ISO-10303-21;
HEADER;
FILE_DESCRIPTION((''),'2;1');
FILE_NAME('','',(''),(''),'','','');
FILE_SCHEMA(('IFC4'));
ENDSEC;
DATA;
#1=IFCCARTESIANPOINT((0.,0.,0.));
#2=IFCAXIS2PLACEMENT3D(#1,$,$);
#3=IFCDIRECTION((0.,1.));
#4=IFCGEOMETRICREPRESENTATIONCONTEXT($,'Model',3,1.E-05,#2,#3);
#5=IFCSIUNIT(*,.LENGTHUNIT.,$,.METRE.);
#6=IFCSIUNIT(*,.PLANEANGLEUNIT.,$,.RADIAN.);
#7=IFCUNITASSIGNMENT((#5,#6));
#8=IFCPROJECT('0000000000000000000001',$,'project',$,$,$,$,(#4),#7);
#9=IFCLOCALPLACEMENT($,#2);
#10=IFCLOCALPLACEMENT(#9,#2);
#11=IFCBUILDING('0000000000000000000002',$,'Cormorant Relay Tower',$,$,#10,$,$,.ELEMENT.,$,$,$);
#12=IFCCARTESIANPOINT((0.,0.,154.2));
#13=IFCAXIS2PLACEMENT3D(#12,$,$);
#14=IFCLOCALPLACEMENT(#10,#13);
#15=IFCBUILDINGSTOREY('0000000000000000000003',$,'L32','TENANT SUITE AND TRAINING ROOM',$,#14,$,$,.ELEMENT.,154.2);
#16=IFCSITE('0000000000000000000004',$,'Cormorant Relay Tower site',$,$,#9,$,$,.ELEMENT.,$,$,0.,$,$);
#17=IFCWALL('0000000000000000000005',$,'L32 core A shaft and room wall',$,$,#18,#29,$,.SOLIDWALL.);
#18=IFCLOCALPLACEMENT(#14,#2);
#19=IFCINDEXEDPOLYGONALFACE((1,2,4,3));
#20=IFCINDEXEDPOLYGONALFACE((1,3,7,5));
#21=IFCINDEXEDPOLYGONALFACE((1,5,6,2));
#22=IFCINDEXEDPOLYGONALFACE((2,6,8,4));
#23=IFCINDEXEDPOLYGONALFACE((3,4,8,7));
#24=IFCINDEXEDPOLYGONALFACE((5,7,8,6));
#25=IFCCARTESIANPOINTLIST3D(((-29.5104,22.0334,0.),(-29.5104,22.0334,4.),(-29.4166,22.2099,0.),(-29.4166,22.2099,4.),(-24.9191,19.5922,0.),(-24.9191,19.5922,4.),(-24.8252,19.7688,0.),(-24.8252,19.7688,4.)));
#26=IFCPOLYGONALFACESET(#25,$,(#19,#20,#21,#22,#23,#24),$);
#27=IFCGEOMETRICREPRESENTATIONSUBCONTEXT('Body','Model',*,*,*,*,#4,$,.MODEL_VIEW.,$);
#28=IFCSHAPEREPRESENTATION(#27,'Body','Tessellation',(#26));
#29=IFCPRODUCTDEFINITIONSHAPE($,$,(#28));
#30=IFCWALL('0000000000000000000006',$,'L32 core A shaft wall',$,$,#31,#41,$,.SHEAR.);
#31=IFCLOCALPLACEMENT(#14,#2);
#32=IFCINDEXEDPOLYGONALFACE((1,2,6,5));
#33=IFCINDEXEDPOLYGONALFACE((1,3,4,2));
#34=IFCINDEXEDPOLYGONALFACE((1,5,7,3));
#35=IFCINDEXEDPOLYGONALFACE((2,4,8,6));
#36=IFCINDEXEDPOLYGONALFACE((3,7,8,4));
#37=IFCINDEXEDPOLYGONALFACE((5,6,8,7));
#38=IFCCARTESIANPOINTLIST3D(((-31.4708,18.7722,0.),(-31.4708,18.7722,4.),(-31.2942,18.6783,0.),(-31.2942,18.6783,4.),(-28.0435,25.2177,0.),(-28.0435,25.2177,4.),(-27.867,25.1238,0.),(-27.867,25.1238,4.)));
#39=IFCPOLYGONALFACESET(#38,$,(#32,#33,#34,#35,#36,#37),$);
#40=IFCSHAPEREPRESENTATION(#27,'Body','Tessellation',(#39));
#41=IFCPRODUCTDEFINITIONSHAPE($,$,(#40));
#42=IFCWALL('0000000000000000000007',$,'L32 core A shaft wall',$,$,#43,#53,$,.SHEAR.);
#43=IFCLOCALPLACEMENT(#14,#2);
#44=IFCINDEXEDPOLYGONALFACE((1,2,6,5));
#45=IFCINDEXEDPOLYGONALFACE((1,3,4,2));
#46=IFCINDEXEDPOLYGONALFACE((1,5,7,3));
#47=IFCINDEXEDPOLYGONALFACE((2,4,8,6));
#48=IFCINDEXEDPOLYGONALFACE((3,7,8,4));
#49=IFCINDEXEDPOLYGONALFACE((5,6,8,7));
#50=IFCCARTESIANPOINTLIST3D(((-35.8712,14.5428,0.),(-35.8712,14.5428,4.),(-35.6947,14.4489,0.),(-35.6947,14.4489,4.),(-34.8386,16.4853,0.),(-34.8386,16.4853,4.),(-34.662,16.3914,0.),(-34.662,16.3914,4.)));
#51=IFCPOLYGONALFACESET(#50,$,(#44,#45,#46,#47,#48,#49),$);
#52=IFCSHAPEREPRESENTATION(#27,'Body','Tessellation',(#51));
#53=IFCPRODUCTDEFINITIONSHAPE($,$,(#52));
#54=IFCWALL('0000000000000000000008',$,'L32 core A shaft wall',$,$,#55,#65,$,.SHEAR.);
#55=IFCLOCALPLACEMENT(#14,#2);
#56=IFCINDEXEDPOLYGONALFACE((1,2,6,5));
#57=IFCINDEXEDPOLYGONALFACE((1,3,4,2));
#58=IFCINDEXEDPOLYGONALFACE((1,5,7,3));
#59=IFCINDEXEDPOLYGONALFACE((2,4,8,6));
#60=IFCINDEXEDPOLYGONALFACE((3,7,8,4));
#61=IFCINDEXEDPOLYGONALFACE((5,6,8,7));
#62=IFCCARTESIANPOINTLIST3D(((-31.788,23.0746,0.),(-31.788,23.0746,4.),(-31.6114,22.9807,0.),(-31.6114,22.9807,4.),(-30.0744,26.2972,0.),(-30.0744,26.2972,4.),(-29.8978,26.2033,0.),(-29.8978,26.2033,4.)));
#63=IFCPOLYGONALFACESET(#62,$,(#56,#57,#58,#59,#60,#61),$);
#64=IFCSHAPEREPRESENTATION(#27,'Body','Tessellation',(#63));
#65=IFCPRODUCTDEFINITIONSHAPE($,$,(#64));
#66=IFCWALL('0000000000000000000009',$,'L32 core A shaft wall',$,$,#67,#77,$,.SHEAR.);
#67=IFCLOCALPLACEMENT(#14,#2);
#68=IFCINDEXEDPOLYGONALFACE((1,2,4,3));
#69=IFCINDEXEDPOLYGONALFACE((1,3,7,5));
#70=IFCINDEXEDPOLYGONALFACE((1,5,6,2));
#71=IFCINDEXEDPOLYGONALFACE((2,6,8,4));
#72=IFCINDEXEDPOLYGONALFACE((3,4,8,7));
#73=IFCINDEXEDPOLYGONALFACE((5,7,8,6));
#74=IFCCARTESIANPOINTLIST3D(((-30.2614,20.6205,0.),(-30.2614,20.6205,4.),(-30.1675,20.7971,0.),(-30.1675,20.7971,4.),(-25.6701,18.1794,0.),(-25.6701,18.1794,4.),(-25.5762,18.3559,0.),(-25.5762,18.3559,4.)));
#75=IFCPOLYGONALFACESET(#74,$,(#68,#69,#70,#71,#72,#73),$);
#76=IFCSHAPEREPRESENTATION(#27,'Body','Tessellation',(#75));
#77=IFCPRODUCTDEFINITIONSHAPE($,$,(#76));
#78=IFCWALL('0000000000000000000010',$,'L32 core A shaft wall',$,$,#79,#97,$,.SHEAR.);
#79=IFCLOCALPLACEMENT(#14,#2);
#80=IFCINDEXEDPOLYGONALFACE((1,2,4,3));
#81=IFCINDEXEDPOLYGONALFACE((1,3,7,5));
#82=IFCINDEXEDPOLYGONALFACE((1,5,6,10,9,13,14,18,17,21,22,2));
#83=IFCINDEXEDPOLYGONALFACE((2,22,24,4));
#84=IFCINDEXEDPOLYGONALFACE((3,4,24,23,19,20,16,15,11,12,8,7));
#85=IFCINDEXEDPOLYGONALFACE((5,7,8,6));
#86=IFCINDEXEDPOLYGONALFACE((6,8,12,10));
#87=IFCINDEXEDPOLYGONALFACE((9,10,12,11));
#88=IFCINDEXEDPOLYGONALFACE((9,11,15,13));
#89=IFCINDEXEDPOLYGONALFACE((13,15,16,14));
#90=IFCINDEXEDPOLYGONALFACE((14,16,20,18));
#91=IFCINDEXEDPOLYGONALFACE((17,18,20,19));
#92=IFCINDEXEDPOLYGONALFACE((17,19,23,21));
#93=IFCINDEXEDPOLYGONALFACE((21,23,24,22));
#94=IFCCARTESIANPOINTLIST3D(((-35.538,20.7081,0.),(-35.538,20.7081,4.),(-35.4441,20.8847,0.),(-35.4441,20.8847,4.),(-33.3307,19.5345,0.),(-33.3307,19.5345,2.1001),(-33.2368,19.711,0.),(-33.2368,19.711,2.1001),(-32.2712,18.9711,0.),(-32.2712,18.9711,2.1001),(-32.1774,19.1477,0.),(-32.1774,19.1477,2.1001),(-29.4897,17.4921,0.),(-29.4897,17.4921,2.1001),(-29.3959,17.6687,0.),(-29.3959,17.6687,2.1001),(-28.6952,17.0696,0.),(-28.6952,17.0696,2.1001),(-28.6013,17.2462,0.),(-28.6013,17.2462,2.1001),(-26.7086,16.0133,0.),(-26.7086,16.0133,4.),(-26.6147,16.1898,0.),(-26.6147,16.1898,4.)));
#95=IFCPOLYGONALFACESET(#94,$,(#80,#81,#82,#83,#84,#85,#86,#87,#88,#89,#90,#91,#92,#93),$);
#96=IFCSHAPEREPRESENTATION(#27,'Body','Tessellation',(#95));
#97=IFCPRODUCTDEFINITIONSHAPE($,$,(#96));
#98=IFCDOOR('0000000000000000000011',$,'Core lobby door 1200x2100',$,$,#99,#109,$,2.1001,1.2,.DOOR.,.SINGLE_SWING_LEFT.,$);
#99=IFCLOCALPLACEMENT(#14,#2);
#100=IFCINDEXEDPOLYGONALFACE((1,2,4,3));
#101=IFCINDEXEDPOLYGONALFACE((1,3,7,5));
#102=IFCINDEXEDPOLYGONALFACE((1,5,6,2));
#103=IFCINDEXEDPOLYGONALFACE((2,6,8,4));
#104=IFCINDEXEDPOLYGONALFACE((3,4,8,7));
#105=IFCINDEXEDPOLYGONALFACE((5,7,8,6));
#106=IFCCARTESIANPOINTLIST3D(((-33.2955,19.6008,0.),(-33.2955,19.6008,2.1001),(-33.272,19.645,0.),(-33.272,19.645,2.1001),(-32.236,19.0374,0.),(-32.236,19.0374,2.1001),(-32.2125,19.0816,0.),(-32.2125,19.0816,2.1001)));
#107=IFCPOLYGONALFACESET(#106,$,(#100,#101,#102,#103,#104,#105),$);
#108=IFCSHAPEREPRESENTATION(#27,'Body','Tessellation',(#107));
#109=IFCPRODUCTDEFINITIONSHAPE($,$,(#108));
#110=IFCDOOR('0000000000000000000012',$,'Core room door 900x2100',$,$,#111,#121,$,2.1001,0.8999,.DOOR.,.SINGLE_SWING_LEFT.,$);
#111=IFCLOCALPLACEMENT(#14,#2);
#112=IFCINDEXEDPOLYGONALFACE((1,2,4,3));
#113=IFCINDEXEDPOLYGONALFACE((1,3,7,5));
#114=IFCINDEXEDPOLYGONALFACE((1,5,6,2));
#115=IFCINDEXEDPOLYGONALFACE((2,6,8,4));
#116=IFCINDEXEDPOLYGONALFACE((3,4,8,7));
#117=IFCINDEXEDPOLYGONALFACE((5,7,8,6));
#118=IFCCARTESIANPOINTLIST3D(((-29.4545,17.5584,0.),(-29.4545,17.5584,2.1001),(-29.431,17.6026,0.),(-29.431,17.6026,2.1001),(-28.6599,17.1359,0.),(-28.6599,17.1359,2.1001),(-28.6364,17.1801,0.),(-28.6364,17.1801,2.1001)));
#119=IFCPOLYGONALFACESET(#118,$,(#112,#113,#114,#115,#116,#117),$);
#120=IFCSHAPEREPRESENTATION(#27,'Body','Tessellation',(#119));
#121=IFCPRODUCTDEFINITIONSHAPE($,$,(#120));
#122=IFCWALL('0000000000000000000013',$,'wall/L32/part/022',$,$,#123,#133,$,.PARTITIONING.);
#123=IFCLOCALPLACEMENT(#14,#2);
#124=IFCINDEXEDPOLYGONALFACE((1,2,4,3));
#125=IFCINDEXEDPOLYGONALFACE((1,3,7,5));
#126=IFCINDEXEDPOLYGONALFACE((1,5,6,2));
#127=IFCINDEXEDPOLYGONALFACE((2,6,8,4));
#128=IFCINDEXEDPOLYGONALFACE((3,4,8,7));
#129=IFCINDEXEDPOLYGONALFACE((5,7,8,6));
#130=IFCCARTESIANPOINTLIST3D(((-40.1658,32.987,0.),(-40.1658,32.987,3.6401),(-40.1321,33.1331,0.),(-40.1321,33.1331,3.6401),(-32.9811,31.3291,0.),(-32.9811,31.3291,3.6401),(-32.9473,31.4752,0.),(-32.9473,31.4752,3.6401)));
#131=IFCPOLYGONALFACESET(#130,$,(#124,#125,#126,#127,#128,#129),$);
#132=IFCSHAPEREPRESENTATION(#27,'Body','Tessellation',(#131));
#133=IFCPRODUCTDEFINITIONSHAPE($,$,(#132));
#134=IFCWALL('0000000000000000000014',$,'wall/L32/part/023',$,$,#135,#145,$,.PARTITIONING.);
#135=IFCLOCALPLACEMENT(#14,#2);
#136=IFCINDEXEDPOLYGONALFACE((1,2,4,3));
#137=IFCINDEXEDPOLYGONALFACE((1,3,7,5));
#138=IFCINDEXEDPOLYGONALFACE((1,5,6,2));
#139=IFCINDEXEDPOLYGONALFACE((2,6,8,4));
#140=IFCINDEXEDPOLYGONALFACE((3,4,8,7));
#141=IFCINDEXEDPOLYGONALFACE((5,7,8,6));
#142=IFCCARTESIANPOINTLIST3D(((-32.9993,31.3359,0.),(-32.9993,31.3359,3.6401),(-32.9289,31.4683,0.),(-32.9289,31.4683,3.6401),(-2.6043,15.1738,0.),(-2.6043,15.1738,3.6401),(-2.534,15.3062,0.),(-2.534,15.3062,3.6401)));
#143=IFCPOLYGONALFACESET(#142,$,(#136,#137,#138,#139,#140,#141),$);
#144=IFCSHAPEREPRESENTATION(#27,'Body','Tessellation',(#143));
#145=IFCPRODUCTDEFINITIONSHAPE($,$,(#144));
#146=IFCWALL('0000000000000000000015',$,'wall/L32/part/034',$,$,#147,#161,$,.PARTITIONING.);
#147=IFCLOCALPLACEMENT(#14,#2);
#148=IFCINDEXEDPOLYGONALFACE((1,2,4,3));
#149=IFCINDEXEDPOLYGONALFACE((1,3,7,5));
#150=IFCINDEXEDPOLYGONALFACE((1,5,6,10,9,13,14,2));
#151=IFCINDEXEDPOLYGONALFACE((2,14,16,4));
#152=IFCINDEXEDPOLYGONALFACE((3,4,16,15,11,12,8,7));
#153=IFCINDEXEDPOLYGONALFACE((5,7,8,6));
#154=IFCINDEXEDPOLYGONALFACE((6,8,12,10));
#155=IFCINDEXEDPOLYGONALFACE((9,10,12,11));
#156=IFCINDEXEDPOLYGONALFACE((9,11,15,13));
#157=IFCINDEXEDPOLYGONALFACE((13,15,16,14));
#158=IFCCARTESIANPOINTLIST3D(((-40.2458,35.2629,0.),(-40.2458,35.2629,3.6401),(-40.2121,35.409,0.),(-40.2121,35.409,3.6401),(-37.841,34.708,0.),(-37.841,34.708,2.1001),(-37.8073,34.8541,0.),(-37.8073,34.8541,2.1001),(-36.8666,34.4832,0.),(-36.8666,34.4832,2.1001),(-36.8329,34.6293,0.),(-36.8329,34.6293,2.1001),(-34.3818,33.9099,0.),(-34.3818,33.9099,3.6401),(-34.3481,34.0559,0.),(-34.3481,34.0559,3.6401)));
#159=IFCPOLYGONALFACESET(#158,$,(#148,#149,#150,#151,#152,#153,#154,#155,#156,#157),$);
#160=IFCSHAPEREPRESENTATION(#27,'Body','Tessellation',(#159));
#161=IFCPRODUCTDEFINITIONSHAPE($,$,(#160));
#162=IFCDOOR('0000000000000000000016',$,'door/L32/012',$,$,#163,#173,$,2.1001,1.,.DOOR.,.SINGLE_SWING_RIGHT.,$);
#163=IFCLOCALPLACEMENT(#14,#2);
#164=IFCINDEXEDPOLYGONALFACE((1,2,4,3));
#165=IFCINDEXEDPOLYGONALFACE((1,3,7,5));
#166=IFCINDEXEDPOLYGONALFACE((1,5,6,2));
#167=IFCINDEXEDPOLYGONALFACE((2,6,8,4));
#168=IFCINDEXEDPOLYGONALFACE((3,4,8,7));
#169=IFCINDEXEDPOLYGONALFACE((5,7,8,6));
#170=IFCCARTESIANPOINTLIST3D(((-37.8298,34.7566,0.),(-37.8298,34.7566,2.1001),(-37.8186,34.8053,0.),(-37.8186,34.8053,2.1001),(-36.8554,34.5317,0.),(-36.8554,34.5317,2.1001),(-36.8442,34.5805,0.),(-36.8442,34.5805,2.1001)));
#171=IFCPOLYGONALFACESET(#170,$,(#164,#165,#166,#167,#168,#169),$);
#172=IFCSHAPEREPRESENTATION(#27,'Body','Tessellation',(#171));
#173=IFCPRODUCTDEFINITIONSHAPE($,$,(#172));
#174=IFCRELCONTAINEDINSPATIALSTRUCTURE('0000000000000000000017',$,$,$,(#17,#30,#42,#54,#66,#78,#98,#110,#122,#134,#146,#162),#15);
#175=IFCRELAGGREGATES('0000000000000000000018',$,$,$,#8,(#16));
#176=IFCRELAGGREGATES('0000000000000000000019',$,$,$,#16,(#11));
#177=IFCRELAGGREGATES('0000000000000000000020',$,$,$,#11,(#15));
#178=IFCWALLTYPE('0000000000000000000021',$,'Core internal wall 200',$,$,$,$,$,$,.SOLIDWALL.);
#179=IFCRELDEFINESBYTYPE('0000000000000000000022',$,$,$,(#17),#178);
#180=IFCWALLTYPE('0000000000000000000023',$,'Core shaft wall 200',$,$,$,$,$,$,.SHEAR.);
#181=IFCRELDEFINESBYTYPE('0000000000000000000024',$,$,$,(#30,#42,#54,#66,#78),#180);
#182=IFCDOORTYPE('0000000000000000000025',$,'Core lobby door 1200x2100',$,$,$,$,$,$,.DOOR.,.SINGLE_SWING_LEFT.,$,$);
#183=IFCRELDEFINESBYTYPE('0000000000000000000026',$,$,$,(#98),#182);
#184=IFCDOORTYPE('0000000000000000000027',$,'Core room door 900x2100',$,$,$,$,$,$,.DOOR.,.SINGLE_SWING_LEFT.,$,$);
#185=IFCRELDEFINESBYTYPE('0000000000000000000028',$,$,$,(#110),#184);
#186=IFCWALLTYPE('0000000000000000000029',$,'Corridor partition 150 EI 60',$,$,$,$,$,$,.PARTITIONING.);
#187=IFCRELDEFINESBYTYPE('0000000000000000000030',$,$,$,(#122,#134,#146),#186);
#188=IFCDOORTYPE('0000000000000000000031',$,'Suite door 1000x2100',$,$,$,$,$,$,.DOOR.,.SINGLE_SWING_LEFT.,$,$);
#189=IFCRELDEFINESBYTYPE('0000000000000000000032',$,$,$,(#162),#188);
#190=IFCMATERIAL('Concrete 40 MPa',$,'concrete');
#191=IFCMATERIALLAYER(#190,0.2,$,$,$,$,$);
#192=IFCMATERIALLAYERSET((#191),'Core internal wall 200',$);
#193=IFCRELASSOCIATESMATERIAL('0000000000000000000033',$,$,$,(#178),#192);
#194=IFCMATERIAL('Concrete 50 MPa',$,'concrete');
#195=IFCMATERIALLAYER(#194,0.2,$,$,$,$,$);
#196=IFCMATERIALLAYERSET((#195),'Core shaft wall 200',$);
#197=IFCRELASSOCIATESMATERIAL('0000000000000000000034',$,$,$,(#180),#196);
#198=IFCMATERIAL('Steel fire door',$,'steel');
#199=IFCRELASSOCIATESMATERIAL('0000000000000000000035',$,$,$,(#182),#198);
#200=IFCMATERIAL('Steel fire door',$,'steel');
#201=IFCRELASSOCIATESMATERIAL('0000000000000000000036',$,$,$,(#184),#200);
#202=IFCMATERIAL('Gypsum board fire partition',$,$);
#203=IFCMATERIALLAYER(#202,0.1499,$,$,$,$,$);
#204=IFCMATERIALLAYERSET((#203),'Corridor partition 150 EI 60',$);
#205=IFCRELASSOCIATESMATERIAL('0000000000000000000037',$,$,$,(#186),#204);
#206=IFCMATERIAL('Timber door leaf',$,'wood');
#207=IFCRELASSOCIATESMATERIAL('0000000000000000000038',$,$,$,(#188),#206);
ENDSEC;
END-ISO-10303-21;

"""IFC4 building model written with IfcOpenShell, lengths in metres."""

from ifc_helpers import new_model, si_unit, direction, frame, frame_2d, origin, place, context, subcontext, project, spatial, rectangle, extrude, material, layer, layer_set, type_object, element, fill, save


model = new_model("IFC4")

# Units and contexts
model_context = context("Model", 3, precision=1e-05, world=origin(), true_north=direction((0.0, 1.0)))
body_context = subcontext(model_context, "Body", "Model", "MODEL_VIEW")
ifc_project = project(units=[si_unit("LENGTHUNIT", "METRE"), si_unit("PLANEANGLEUNIT", "RADIAN")], contexts=[model_context])

# Site, building, storey
site_placement = place(None, origin())
site = spatial("IfcSite", under=ifc_project, at=site_placement, Name="Cormorant Relay Tower site", CompositionType="ELEMENT", RefElevation=0.0)
building_placement = place(site_placement, origin())
building = spatial("IfcBuilding", under=site, at=building_placement, Name="Cormorant Relay Tower", CompositionType="ELEMENT")
storey_placement = place(building_placement, frame((0.0, 0.0, 154.2)))
storey = spatial("IfcBuildingStorey", under=building, at=storey_placement, Name="L32", Description="TENANT SUITE AND TRAINING ROOM", CompositionType="ELEMENT", Elevation=154.2)

# Walls
ifc_material_1 = material(Name="Concrete 40 MPa", Category="concrete")
ifc_layer_1 = layer(ifc_material_1, 0.2)
ifc_layer_set_1 = layer_set([ifc_layer_1], Name="Core internal wall 200")
wall_type_1 = type_object("IfcWallType", Name="Core internal wall 200", PredefinedType="SOLIDWALL", material=ifc_layer_set_1)
wall_1_placement = place(storey_placement, frame((-24.8721, 19.6804, 0.0), z_axis=(0.0, 0.0, 1.0), x_axis=(-0.882954, 0.46946, 0.0)))
element("IfcWall", 1, at=wall_1_placement, inside=storey, type_object=wall_type_1, Name="L32 core A shaft and room wall", PredefinedType="SOLIDWALL", context=body_context, shape_type="SweptSolid", body=[
    extrude(rectangle(XDim=5.2, YDim=0.2, at=frame_2d((2.6001, 0.0))), origin(), (0.0, 0.0, 1.0), 4.0),
])
ifc_material_2 = material(Name="Concrete 50 MPa", Category="concrete")
ifc_layer_2 = layer(ifc_material_2, 0.2)
ifc_layer_set_2 = layer_set([ifc_layer_2], Name="Core shaft wall 200")
wall_type_2 = type_object("IfcWallType", Name="Core shaft wall 200", PredefinedType="SHEAR", material=ifc_layer_set_2)
wall_2_placement = place(storey_placement, frame((-27.9553, 25.1707, 0.0), z_axis=(0.0, 0.0, 1.0), x_axis=(-0.46948, -0.882943, 0.0)))
element("IfcWall", 2, at=wall_2_placement, inside=storey, type_object=wall_type_2, Name="L32 core A shaft wall", PredefinedType="SHEAR", context=body_context, shape_type="SweptSolid", body=[
    extrude(rectangle(XDim=7.3, YDim=0.2, at=frame_2d((3.6499, 0.0))), origin(), (0.0, 0.0, 1.0), 4.0),
])
wall_3_placement = place(storey_placement, frame((-34.7502, 16.4385, 0.0), z_axis=(0.0, 0.0, 1.0), x_axis=(-0.469401, -0.882985, 0.0)))
element("IfcWall", 3, at=wall_3_placement, inside=storey, type_object=wall_type_2, Name="L32 core A shaft wall", PredefinedType="SHEAR", context=body_context, shape_type="SweptSolid", body=[
    extrude(rectangle(XDim=2.2, YDim=0.2, at=frame_2d((1.1001, 0.0))), origin(), (0.0, 0.0, 1.0), 4.0),
])
wall_4_placement = place(storey_placement, frame((-29.9861, 26.2502, 0.0), z_axis=(0.0, 0.0, 1.0), x_axis=(-0.469494, -0.882936, 0.0)))
element("IfcWall", 4, at=wall_4_placement, inside=storey, type_object=wall_type_2, Name="L32 core A shaft wall", PredefinedType="SHEAR", context=body_context, shape_type="SweptSolid", body=[
    extrude(rectangle(XDim=3.6499, YDim=0.2, at=frame_2d((1.825, 0.0))), origin(), (0.0, 0.0, 1.0), 4.0),
])

# Wall
wall_5_placement = place(storey_placement, frame((-25.623, 18.2676, 0.0), z_axis=(0.0, 0.0, 1.0), x_axis=(-0.882954, 0.46946, 0.0)))
element("IfcWall", 5, at=wall_5_placement, inside=storey, type_object=wall_type_2, Name="L32 core A shaft wall", PredefinedType="SHEAR", context=body_context, shape_type="SweptSolid", body=[
    extrude(rectangle(XDim=5.2, YDim=0.2, at=frame_2d((2.6001, 0.0))), origin(), (0.0, 0.0, 1.0), 4.0),
])

# Wall, openings, doors
wall_6_placement = place(storey_placement, frame((-26.6616, 16.1016, 0.0), z_axis=(0.0, 0.0, 1.0), x_axis=(-0.88294, 0.469485, 0.0)))
wall_6 = element("IfcWall", 6, at=wall_6_placement, inside=storey, type_object=wall_type_2, Name="L32 core A shaft wall", PredefinedType="SHEAR", context=body_context, shape_type="SweptSolid", body=[
    extrude(rectangle(XDim=10.0, YDim=0.2, at=frame_2d((5.0, 0.0))), origin(), (0.0, 0.0, 1.0), 4.0),
])
opening_1_placement = place(wall_6_placement, frame((6.3, 0.0, 0.0)))
opening_1 = element("IfcOpeningElement", 7, at=opening_1_placement, cuts=wall_6, PredefinedType="OPENING", context=body_context, shape_type="SweptSolid", body=[
    extrude(rectangle(XDim=1.2, YDim=2.1001, at=frame_2d((0.6001, 1.05))), frame((0.0, 0.1099, 0.0), z_axis=(0.0, -1.0, 0.0), x_axis=(1.0, 0.0, 0.0)), (0.0, 0.0, 1.0), 0.22),
])
opening_2_placement = place(wall_6_placement, frame((2.25, 0.0, 0.0)))
opening_2 = element("IfcOpeningElement", 8, at=opening_2_placement, cuts=wall_6, PredefinedType="OPENING", context=body_context, shape_type="SweptSolid", body=[
    extrude(rectangle(XDim=0.8999, YDim=2.1001, at=frame_2d((0.45, 1.05))), frame((0.0, 0.1099, 0.0), z_axis=(0.0, -1.0, 0.0), x_axis=(1.0, 0.0, 0.0)), (0.0, 0.0, 1.0), 0.22),
])
ifc_material_3 = material(Name="Steel fire door", Category="steel")
door_type_1 = type_object("IfcDoorType", Name="Core lobby door 1200x2100", OperationType="SINGLE_SWING_LEFT", PredefinedType="DOOR", material=ifc_material_3)
door_1_placement = place(opening_1_placement, origin())
door_1 = element("IfcDoor", 9, at=door_1_placement, inside=storey, type_object=door_type_1, Name="Core lobby door 1200x2100", OperationType="SINGLE_SWING_LEFT", OverallHeight=2.1001, OverallWidth=1.2, PredefinedType="DOOR", context=body_context, shape_type="SweptSolid", body=[
    extrude(rectangle(XDim=1.2, YDim=2.1001, at=frame_2d((0.6001, 1.05))), frame((0.0, 0.0249, 0.0), z_axis=(0.0, -1.0, 0.0), x_axis=(1.0, 0.0, 0.0)), (0.0, 0.0, 1.0), 0.05),
])
fill(opening_1, door_1)
ifc_material_4 = material(Name="Steel fire door", Category="steel")
door_type_2 = type_object("IfcDoorType", Name="Core room door 900x2100", OperationType="SINGLE_SWING_LEFT", PredefinedType="DOOR", material=ifc_material_4)
door_2_placement = place(opening_2_placement, origin())
door_2 = element("IfcDoor", 10, at=door_2_placement, inside=storey, type_object=door_type_2, Name="Core room door 900x2100", OperationType="SINGLE_SWING_LEFT", OverallHeight=2.1001, OverallWidth=0.8999, PredefinedType="DOOR", context=body_context, shape_type="SweptSolid", body=[
    extrude(rectangle(XDim=0.8999, YDim=2.1001, at=frame_2d((0.45, 1.05))), frame((0.0, 0.0249, 0.0), z_axis=(0.0, -1.0, 0.0), x_axis=(1.0, 0.0, 0.0)), (0.0, 0.0, 1.0), 0.05),
])
fill(opening_2, door_2)

# Walls
ifc_material_5 = material(Name="Gypsum board fire partition")
ifc_layer_3 = layer(ifc_material_5, 0.1499)
ifc_layer_set_3 = layer_set([ifc_layer_3], Name="Corridor partition 150 EI 60")
wall_type_3 = type_object("IfcWallType", Name="Corridor partition 150 EI 60", PredefinedType="PARTITIONING", material=ifc_layer_set_3)
wall_7_placement = place(storey_placement, frame((-40.1489, 33.0601, 0.0), z_axis=(0.0, 0.0, 1.0), x_axis=(0.974393, -0.22485, 0.0)))
element("IfcWall", 11, at=wall_7_placement, inside=storey, type_object=wall_type_3, Name="wall/L32/part/022", PredefinedType="PARTITIONING", context=body_context, shape_type="SweptSolid", body=[
    extrude(rectangle(XDim=7.3735, YDim=0.1499, at=frame_2d((3.6868, 0.0))), origin(), (0.0, 0.0, 1.0), 3.6401),
])
wall_8_placement = place(storey_placement, frame((-32.9641, 31.4021, 0.0), z_axis=(0.0, 0.0, 1.0), x_axis=(0.882938, -0.469489, 0.0)))
element("IfcWall", 12, at=wall_8_placement, inside=storey, type_object=wall_type_3, Name="wall/L32/part/023", PredefinedType="PARTITIONING", context=body_context, shape_type="SweptSolid", body=[
    extrude(rectangle(XDim=34.4248, YDim=0.1499, at=frame_2d((17.2124, 0.0))), origin(), (0.0, 0.0, 1.0), 3.6401),
])

# Wall, opening, door
wall_9_placement = place(storey_placement, frame((-34.365, 33.9829, 0.0), z_axis=(0.0, 0.0, 1.0), x_axis=(-0.974399, 0.224827, 0.0)))
wall_9 = element("IfcWall", 13, at=wall_9_placement, inside=storey, type_object=wall_type_3, Name="wall/L32/part/034", PredefinedType="PARTITIONING", context=body_context, shape_type="SweptSolid", body=[
    extrude(rectangle(XDim=6.0181, YDim=0.1499, at=frame_2d((3.009, 0.0))), origin(), (0.0, 0.0, 1.0), 3.6401),
])
opening_3_placement = place(wall_9_placement, frame((2.55, 0.0, 0.0)))
opening_3 = element("IfcOpeningElement", 14, at=opening_3_placement, cuts=wall_9, PredefinedType="OPENING", context=body_context, shape_type="SweptSolid", body=[
    extrude(rectangle(XDim=1.0, YDim=2.1001, at=frame_2d((0.5, 1.05))), frame((0.0, 0.085, 0.0), z_axis=(0.0, -1.0, 0.0), x_axis=(1.0, 0.0, 0.0)), (0.0, 0.0, 1.0), 0.1699),
])
ifc_material_6 = material(Name="Timber door leaf", Category="wood")
door_type_3 = type_object("IfcDoorType", Name="Suite door 1000x2100", OperationType="SINGLE_SWING_LEFT", PredefinedType="DOOR", material=ifc_material_6)
door_3_placement = place(opening_3_placement, frame((1.0, 0.0, 0.0), z_axis=(0.0, 0.0, 1.0), x_axis=(-1.0, 0.0, 0.0)))
door_3 = element("IfcDoor", 15, at=door_3_placement, inside=storey, type_object=door_type_3, Name="door/L32/012", OperationType="SINGLE_SWING_RIGHT", OverallHeight=2.1001, OverallWidth=1.0, PredefinedType="DOOR", context=body_context, shape_type="SweptSolid", body=[
    extrude(rectangle(XDim=1.0, YDim=2.1001, at=frame_2d((0.5, 1.05))), frame((0.0, 0.0249, 0.0), z_axis=(0.0, -1.0, 0.0), x_axis=(1.0, 0.0, 0.0)), (0.0, 0.0, 1.0), 0.05),
])
fill(opening_3, door_3)

save(model, "model.ifc")
